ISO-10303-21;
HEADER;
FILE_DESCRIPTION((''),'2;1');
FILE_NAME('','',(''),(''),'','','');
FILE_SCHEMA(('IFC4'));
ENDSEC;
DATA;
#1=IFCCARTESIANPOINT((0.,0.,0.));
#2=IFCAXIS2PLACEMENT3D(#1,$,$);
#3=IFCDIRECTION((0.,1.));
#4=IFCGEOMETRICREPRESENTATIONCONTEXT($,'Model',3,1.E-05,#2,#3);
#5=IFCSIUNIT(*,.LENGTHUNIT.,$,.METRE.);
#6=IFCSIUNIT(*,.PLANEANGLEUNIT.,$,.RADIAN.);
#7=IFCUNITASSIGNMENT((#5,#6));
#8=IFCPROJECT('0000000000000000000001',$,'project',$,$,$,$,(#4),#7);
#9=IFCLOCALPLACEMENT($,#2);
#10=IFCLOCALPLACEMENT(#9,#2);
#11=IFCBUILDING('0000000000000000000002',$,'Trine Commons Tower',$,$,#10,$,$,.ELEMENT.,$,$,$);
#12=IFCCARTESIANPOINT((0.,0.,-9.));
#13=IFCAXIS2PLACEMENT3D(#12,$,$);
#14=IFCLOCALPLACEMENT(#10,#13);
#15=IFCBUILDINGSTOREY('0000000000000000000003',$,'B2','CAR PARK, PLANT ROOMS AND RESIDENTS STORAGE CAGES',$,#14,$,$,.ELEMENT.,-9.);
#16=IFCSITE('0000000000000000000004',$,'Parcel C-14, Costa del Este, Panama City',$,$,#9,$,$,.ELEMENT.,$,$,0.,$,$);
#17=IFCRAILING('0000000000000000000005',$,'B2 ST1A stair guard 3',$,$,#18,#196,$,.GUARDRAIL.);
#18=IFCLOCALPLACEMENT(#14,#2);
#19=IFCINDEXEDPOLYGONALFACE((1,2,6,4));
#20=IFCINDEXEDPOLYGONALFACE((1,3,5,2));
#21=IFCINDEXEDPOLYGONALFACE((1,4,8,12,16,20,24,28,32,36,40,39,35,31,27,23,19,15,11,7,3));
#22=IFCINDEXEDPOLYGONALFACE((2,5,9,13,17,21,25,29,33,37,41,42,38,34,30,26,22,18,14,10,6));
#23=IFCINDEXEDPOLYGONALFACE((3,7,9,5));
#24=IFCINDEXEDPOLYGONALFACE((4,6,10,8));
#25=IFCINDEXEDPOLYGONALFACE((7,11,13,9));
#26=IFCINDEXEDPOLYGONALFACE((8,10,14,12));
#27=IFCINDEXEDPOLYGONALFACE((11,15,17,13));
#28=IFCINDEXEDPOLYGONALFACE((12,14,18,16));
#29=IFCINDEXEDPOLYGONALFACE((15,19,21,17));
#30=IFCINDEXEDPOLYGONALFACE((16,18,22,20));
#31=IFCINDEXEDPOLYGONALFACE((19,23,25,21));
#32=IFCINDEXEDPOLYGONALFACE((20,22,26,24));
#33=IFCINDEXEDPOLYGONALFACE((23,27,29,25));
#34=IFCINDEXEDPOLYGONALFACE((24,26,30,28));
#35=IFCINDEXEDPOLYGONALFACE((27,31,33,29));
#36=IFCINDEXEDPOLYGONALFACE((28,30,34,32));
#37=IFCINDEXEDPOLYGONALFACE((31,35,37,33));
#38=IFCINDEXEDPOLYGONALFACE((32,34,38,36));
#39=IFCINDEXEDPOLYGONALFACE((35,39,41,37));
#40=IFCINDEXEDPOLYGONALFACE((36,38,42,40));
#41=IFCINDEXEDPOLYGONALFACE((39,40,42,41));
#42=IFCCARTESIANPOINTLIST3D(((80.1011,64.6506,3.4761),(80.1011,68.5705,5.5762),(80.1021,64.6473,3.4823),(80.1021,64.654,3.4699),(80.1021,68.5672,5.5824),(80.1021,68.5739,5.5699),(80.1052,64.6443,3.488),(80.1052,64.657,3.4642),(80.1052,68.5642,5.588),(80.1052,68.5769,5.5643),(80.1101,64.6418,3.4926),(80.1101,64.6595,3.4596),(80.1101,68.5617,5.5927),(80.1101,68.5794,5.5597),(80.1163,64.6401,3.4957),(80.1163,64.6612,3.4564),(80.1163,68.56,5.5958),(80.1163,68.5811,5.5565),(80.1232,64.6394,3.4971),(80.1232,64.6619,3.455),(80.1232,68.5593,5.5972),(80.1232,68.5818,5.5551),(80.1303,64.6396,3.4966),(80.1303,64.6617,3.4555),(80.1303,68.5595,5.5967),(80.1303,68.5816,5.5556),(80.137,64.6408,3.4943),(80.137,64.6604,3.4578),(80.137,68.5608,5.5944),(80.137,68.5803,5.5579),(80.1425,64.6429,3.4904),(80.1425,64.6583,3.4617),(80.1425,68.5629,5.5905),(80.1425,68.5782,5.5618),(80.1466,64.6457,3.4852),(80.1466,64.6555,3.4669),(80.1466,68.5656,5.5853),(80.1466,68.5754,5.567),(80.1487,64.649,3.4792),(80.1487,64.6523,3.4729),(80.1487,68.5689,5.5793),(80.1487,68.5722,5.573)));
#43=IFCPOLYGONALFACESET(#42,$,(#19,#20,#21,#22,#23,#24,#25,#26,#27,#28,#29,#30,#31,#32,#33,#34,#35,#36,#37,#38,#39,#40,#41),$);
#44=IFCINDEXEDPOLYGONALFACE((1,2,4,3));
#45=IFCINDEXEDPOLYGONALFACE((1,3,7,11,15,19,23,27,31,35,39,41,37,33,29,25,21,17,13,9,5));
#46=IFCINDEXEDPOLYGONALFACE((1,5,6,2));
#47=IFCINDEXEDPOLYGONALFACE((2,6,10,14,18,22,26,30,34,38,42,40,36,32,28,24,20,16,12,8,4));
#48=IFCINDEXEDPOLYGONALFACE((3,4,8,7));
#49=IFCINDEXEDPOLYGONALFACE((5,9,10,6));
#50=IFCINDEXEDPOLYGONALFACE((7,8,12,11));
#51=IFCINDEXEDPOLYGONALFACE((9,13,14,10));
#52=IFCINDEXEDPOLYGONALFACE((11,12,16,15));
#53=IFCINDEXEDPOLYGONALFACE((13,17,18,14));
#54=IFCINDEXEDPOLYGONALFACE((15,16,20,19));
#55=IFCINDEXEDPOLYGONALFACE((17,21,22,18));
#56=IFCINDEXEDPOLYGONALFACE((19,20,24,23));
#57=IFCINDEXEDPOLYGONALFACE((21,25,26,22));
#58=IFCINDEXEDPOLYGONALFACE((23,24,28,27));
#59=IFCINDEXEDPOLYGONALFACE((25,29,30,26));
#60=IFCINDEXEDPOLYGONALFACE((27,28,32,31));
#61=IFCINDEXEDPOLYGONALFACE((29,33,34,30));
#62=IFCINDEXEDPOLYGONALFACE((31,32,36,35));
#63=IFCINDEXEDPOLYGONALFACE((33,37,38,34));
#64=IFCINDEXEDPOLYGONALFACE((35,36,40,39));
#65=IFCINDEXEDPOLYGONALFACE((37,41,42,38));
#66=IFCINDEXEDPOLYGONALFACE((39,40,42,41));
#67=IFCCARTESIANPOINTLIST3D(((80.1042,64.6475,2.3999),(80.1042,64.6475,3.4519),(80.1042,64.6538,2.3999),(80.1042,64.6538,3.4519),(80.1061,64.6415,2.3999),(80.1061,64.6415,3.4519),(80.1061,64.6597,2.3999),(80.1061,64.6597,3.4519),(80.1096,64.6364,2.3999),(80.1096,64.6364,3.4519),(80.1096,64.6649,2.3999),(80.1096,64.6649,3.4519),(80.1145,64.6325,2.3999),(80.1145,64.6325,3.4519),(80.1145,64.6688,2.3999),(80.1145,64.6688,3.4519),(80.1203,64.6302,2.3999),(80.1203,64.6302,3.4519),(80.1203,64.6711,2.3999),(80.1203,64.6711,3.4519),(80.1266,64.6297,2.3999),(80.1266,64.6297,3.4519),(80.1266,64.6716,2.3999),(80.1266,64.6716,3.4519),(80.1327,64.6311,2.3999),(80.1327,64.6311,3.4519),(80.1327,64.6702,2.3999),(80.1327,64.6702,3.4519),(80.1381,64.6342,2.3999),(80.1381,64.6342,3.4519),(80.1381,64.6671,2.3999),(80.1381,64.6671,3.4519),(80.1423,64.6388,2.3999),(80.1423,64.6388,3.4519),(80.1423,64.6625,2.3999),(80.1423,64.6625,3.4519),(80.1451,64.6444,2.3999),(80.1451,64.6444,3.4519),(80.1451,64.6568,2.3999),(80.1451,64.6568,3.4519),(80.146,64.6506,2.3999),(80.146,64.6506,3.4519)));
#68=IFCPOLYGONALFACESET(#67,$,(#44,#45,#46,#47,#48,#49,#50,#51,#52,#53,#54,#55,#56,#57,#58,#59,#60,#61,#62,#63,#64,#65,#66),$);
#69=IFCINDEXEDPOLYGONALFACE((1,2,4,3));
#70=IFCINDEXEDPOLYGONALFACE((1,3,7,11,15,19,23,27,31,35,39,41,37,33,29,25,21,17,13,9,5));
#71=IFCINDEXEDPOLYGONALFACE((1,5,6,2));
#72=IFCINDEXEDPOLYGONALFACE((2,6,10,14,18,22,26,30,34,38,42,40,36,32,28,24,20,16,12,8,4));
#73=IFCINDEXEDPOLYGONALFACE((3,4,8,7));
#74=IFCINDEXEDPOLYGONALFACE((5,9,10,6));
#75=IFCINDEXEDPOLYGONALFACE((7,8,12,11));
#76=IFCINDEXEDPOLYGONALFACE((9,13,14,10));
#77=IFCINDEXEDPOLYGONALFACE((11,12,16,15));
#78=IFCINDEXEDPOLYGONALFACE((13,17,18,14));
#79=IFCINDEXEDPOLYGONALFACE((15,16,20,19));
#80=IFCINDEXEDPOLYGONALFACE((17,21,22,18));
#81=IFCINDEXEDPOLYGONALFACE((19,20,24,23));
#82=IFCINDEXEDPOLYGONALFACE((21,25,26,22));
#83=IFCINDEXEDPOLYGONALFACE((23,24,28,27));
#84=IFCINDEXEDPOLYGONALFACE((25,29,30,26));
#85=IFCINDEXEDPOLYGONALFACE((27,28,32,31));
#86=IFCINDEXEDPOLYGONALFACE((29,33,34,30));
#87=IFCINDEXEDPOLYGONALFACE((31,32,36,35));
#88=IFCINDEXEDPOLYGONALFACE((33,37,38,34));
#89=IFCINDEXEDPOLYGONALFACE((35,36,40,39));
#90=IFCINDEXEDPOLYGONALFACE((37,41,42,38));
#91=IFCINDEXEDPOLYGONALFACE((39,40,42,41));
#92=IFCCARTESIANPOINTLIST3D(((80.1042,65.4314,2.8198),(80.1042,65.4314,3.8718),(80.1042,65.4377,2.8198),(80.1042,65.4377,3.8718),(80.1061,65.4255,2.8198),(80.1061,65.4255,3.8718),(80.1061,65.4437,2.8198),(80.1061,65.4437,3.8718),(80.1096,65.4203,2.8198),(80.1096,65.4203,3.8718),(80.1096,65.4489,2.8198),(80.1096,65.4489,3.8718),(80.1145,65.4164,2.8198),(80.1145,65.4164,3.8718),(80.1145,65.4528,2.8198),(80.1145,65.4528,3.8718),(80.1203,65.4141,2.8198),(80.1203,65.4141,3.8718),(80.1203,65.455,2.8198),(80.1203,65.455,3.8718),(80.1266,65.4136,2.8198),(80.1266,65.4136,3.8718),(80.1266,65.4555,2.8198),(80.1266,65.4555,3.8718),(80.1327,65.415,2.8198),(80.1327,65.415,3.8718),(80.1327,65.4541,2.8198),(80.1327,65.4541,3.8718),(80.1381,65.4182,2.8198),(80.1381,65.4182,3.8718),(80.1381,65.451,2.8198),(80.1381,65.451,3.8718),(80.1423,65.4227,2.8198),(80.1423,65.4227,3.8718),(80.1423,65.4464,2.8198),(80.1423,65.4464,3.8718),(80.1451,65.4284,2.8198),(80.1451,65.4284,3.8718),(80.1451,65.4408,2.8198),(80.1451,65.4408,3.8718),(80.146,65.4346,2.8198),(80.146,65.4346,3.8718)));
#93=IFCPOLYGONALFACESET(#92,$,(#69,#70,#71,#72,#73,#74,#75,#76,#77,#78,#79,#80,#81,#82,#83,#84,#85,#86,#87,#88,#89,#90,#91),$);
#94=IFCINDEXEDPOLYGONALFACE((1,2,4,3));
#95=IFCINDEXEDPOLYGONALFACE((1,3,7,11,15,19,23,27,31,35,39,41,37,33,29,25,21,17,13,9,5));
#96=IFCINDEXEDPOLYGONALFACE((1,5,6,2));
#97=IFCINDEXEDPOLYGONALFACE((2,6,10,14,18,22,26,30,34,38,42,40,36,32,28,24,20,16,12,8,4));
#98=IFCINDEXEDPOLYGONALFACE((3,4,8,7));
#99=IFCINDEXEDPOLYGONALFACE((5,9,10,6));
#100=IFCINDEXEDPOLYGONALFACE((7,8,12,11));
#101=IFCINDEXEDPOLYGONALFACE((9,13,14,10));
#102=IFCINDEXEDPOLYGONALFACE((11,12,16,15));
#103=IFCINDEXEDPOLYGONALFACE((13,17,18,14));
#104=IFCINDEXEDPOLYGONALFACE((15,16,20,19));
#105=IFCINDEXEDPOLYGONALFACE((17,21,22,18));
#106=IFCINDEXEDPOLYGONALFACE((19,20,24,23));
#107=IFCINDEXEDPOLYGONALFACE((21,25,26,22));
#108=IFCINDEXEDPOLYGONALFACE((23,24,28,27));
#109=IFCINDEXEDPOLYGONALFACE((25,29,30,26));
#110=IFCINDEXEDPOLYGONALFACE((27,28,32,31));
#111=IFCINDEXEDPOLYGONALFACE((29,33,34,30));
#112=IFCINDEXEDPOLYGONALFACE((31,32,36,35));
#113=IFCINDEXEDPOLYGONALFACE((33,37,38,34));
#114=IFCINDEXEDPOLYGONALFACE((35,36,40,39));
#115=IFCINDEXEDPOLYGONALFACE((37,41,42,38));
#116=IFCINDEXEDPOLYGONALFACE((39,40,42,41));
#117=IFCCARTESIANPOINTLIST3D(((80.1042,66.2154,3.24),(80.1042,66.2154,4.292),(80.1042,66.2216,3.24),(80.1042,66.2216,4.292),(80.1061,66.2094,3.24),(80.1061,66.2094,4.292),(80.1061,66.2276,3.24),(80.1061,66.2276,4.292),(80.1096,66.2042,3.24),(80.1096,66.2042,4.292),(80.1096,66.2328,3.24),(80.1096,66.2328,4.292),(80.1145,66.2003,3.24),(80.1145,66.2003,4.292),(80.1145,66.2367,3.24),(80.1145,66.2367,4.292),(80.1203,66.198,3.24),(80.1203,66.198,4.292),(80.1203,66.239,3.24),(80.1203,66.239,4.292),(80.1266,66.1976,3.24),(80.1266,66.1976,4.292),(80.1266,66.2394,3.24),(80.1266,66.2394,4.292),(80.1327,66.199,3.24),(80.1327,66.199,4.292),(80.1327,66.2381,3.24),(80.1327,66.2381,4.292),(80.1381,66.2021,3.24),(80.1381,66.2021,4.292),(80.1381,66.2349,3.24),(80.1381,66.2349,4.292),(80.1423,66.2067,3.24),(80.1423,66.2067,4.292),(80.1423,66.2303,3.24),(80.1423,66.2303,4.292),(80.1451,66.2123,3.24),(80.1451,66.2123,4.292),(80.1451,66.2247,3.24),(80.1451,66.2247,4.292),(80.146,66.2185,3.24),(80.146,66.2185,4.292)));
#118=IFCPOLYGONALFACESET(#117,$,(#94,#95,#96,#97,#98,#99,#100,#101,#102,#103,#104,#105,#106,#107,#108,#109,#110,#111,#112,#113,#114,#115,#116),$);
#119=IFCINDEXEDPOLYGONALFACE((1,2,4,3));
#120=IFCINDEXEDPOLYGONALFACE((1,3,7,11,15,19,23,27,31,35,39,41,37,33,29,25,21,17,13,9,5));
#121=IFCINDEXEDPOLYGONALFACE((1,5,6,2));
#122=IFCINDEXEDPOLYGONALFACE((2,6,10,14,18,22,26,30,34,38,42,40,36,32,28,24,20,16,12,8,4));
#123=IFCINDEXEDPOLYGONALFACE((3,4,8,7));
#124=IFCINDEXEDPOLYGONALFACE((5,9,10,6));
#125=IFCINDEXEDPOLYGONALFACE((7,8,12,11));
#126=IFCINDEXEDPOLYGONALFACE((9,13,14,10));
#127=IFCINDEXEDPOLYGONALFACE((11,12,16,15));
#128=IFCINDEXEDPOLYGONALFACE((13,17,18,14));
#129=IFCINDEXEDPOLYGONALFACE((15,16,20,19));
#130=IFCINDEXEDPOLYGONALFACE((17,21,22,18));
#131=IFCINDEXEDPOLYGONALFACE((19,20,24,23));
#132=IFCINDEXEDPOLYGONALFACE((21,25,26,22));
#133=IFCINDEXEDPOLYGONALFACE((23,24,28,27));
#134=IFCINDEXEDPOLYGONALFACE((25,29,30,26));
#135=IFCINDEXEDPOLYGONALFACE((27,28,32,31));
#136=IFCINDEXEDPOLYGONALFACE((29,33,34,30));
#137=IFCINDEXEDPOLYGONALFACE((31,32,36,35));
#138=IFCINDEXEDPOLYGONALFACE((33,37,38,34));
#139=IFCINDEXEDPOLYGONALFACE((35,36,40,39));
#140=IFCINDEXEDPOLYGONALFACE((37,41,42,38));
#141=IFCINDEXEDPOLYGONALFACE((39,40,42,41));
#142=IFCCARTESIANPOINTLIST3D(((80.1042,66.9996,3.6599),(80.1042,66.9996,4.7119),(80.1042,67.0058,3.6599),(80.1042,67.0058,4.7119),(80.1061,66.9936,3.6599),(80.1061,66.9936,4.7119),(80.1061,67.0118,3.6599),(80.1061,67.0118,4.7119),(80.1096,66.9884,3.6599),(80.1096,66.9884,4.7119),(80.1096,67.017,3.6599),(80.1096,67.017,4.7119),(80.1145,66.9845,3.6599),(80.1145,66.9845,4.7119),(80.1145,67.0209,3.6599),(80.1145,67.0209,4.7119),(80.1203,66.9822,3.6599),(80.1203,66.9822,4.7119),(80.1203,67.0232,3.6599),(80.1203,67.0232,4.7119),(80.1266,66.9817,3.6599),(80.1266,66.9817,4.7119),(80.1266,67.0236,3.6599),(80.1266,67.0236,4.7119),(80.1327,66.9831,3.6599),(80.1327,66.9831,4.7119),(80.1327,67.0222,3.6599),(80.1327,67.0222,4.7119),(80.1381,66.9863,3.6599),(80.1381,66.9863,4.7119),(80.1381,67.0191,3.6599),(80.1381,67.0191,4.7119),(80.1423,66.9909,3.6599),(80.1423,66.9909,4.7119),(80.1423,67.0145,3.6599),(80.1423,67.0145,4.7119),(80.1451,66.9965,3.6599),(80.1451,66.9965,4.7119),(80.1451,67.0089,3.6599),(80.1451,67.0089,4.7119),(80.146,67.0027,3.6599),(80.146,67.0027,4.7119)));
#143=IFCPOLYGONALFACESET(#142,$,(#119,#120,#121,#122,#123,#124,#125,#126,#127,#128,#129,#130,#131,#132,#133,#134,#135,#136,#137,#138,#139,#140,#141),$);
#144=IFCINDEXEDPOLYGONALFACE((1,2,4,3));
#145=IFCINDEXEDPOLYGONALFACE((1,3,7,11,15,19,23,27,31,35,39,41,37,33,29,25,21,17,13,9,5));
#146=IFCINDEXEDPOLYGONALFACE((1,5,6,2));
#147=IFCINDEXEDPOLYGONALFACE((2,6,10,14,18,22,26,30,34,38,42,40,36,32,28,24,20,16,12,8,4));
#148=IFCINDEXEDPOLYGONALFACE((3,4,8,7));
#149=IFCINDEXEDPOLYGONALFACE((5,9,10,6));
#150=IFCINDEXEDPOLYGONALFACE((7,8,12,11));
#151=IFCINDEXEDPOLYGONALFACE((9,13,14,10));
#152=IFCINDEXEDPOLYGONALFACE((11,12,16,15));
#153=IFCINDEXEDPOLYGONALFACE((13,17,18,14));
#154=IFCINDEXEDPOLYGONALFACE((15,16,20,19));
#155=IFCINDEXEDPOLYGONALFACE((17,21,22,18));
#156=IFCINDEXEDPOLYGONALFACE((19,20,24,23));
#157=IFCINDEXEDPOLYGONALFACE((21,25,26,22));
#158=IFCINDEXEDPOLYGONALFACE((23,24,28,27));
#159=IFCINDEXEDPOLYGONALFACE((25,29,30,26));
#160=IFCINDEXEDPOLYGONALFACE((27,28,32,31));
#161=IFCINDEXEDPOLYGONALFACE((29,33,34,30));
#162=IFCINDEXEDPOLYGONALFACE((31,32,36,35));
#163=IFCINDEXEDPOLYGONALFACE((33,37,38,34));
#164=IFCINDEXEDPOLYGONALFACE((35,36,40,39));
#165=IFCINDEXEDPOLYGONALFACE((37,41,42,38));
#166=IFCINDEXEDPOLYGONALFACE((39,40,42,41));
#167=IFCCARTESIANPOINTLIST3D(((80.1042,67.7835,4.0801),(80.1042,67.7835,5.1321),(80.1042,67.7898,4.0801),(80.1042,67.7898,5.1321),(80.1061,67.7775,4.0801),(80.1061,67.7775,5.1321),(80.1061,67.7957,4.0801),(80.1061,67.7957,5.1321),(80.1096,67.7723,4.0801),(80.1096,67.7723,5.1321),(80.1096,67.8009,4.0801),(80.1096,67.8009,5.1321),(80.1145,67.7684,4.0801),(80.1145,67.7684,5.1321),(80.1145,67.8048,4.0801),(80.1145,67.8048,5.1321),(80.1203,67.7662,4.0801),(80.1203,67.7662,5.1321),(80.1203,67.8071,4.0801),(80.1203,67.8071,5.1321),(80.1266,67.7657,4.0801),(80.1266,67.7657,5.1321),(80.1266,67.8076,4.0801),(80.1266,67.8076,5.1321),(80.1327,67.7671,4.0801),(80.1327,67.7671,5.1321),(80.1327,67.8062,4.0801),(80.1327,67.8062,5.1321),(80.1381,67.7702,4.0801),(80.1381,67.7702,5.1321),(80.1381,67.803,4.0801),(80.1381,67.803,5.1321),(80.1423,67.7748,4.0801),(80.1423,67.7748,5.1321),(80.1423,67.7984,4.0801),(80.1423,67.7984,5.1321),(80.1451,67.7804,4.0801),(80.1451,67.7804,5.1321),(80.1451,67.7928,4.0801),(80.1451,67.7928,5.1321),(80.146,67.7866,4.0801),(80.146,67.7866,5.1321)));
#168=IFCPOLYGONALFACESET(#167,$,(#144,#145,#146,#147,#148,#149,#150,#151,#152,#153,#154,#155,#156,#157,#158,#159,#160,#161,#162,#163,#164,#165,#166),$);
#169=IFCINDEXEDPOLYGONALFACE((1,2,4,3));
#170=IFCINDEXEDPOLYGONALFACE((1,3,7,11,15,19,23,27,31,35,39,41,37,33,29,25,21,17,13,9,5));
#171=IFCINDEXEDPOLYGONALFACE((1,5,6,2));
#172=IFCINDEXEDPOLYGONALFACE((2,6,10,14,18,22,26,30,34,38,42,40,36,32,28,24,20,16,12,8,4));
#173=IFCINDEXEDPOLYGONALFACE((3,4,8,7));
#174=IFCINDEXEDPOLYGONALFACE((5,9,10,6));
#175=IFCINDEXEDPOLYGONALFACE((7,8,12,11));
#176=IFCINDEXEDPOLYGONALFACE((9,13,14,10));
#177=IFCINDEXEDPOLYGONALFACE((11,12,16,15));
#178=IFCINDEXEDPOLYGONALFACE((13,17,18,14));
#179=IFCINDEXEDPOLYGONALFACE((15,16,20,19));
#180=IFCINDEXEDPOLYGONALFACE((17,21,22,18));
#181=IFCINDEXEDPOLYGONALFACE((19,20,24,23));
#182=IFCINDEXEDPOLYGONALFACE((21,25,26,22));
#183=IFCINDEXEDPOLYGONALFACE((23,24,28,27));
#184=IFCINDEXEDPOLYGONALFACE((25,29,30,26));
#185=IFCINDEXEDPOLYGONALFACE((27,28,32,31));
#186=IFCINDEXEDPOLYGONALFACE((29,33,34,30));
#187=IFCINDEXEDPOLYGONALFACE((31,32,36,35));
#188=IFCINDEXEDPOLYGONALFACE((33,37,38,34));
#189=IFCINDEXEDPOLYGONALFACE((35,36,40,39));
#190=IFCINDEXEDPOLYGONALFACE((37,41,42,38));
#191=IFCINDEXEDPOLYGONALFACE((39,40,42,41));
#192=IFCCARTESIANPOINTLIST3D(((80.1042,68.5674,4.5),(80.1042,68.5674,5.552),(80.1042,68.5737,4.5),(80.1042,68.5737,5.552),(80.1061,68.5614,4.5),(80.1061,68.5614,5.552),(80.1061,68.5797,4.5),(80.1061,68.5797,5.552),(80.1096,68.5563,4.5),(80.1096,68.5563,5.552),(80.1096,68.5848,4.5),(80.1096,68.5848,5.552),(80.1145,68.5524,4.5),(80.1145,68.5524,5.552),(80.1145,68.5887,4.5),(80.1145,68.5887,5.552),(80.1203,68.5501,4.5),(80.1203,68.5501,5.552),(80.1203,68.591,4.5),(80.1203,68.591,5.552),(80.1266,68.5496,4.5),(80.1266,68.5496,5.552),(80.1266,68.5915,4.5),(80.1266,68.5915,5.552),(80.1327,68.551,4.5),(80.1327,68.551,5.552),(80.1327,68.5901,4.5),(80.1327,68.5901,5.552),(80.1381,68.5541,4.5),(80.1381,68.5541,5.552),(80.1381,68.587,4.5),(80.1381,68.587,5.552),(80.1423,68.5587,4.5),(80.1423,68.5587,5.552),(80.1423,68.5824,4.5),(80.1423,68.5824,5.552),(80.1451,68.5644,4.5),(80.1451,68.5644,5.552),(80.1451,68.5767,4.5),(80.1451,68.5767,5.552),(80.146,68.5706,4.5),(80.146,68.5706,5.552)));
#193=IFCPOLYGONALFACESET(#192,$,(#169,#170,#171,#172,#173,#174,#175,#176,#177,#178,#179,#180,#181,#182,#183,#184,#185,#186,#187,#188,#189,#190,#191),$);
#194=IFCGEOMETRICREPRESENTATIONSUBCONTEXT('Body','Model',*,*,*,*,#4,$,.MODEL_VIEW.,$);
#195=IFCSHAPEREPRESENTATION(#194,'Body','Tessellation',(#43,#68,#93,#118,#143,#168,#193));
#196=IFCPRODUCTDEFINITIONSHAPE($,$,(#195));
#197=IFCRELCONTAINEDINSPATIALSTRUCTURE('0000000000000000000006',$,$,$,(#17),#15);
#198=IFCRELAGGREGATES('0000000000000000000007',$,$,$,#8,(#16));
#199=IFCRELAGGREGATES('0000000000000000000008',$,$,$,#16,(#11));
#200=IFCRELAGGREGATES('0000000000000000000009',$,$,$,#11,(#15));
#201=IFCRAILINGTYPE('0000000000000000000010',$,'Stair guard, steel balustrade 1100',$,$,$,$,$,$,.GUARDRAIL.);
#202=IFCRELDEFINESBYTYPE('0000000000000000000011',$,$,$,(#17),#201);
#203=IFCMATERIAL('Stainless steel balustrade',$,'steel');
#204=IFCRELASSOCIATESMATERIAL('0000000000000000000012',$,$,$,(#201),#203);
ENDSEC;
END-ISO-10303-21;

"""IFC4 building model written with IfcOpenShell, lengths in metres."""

from ifc_helpers import new_model, si_unit, direction, frame, origin, origin_2d, place, context, subcontext, project, spatial, circle, extrude, material, type_object, element, save


model = new_model("IFC4")

# Units and contexts
model_context = context("Model", 3, precision=1e-05, world=origin(), true_north=direction((0.0, 1.0)))
body_context = subcontext(model_context, "Body", "Model", "MODEL_VIEW")
ifc_project = project(units=[si_unit("LENGTHUNIT", "METRE"), si_unit("PLANEANGLEUNIT", "RADIAN")], contexts=[model_context])

# Site, building, storey
site_placement = place(None, origin())
site = spatial("IfcSite", under=ifc_project, at=site_placement, Name="Parcel C-14, Costa del Este, Panama City", CompositionType="ELEMENT", RefElevation=0.0)
building_placement = place(site_placement, origin())
building = spatial("IfcBuilding", under=site, at=building_placement, Name="Trine Commons Tower", CompositionType="ELEMENT")
storey_placement = place(building_placement, frame((0.0, 0.0, -9.0)))
storey = spatial("IfcBuildingStorey", under=building, at=storey_placement, Name="B2", Description="CAR PARK, PLANT ROOMS AND RESIDENTS STORAGE CAGES", CompositionType="ELEMENT", Elevation=-9.0)

# Railing
ifc_material_1 = material(Name="Stainless steel balustrade", Category="steel")
railing_type_1 = type_object("IfcRailingType", Name="Stair guard, steel balustrade 1100", PredefinedType="GUARDRAIL", material=ifc_material_1)
railing_1_placement = place(storey_placement, frame((80.125, 64.6506, 2.3999)))
element("IfcRailing", 1, at=railing_1_placement, inside=storey, type_object=railing_type_1, Name="B2 ST1A stair guard 3", PredefinedType="GUARDRAIL", context=body_context, shape_type="SweptSolid", body=[
    extrude(circle(Radius=0.0239, at=origin_2d()), frame((0.0, 0.0, 1.0762), z_axis=(0.0, 0.881467, 0.472246), x_axis=(-1.0, 0.0, 0.0)), (0.0, 0.0, 1.0), 4.447),
    extrude(circle(Radius=0.021, at=origin_2d()), origin(), (0.0, 0.0, 1.0), 1.052),
    extrude(circle(Radius=0.021, at=origin_2d()), frame((0.0, 0.7839, 0.4199)), (0.0, 0.0, 1.0), 1.052),
    extrude(circle(Radius=0.021, at=origin_2d()), frame((0.0, 1.5679, 0.8401)), (0.0, 0.0, 1.0), 1.052),
    extrude(circle(Radius=0.021, at=origin_2d()), frame((0.0, 2.3521, 1.26)), (0.0, 0.0, 1.0), 1.052),
    extrude(circle(Radius=0.021, at=origin_2d()), frame((0.0, 3.136, 1.6802)), (0.0, 0.0, 1.0), 1.052),
    extrude(circle(Radius=0.021, at=origin_2d()), frame((0.0, 3.9199, 2.1001)), (0.0, 0.0, 1.0), 1.052),
])

save(model, "model.ifc")
